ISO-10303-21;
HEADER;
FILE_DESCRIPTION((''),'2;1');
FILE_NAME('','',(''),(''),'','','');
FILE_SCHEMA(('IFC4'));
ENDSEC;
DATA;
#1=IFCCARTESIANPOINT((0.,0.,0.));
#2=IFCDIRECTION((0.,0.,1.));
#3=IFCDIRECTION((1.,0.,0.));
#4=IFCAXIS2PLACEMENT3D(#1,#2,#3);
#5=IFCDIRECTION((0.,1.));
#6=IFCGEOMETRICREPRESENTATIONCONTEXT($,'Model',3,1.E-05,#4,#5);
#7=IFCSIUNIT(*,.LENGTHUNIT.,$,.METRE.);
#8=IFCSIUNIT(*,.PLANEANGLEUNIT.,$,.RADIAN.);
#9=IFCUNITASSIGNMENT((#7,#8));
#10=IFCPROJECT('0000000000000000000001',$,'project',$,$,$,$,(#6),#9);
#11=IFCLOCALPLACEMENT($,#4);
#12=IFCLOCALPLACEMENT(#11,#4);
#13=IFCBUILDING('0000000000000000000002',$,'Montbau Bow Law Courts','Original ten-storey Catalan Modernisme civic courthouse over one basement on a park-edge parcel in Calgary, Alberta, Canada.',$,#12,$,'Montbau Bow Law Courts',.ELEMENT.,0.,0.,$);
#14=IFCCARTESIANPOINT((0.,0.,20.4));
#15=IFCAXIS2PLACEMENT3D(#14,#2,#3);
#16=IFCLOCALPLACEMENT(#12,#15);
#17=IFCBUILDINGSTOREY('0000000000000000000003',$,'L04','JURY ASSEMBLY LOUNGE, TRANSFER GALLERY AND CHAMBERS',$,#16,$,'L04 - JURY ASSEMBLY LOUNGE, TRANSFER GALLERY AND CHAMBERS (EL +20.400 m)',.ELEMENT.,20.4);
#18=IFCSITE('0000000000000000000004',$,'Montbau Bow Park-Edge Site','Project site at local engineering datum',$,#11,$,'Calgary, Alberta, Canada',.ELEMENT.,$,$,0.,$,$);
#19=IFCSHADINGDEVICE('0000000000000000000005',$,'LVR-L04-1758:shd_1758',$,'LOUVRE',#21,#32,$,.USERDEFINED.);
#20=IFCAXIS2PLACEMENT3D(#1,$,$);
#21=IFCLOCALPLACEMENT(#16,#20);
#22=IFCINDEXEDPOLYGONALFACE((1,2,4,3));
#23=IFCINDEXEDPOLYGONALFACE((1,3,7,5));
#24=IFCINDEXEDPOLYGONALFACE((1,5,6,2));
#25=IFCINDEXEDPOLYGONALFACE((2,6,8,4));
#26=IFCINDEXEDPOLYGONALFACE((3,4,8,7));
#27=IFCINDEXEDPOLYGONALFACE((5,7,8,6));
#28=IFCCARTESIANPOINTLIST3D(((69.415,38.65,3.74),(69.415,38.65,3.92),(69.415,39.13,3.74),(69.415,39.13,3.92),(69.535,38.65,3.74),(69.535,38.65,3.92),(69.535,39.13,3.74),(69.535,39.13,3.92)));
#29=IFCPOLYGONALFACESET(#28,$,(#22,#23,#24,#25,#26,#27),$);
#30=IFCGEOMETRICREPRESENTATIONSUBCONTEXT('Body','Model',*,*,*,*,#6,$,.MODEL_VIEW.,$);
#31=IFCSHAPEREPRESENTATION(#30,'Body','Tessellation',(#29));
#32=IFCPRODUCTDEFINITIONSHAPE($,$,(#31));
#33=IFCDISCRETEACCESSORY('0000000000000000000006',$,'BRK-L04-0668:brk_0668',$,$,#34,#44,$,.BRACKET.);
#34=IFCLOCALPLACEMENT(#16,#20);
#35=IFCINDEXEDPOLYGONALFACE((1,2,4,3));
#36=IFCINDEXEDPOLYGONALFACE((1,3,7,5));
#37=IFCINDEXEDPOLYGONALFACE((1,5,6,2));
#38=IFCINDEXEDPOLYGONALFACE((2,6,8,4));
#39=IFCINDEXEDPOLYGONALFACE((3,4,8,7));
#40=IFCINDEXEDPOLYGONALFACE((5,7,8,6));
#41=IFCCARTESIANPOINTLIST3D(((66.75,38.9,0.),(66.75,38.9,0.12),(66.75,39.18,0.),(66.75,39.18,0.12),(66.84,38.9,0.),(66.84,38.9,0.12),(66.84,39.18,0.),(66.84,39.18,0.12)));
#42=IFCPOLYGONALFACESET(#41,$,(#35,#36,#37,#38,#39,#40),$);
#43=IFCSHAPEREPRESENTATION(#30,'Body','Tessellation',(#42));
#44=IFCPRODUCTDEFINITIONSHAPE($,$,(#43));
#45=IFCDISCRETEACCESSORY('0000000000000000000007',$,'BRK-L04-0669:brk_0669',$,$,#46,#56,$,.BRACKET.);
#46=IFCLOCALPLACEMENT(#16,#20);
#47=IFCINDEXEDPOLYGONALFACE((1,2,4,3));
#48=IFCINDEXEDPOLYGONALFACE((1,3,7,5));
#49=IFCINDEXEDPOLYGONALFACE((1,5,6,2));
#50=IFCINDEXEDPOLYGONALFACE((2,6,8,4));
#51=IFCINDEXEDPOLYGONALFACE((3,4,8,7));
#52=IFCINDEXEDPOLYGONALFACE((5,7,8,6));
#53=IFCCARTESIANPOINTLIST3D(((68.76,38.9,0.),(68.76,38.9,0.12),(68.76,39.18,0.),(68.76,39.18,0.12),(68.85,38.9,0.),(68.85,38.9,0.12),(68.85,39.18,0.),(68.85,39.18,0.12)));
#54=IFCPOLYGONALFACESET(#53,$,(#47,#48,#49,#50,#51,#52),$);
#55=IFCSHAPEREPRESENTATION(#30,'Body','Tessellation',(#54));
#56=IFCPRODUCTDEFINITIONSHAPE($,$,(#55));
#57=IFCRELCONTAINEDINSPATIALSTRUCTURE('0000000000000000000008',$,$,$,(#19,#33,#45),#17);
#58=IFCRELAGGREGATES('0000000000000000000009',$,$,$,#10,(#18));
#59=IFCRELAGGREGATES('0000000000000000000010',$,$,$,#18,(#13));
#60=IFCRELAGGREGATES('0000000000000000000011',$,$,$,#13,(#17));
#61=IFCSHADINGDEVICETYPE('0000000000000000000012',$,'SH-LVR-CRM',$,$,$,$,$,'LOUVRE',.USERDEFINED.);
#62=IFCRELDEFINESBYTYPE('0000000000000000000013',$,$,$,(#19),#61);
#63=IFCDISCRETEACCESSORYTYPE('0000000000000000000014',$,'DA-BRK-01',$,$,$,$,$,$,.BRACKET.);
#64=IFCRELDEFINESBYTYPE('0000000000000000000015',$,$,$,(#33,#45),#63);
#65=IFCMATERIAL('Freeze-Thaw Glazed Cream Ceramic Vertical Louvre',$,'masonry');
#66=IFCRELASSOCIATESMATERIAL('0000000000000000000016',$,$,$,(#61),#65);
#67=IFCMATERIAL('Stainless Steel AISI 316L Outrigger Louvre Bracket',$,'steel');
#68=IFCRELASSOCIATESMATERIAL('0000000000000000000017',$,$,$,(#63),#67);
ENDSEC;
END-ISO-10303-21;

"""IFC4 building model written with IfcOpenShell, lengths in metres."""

from ifc_helpers import new_model, si_unit, direction, frame, origin_with_axes, origin_2d_with_axis, place, context, subcontext, project, spatial, rectangle, extrude, material, type_object, element, save


model = new_model("IFC4")

# Units and contexts
model_context = context("Model", 3, precision=1e-05, world=origin_with_axes(), true_north=direction((0.0, 1.0)))
body_context = subcontext(model_context, "Body", "Model", "MODEL_VIEW")
ifc_project = project(units=[si_unit("LENGTHUNIT", "METRE"), si_unit("PLANEANGLEUNIT", "RADIAN")], contexts=[model_context])

# Site, building, storey
site_placement = place(None, origin_with_axes())
site = spatial("IfcSite", under=ifc_project, at=site_placement, Name="Montbau Bow Park-Edge Site", Description="Project site at local engineering datum", LongName="Calgary, Alberta, Canada", CompositionType="ELEMENT", RefElevation=0.0)
building_placement = place(site_placement, origin_with_axes())
building = spatial("IfcBuilding", under=site, at=building_placement, Name="Montbau Bow Law Courts", Description="Original ten-storey Catalan Modernisme civic courthouse over one basement on a park-edge parcel in Calgary, Alberta, Canada.", LongName="Montbau Bow Law Courts", CompositionType="ELEMENT", ElevationOfRefHeight=0.0, ElevationOfTerrain=0.0)
storey_placement = place(building_placement, frame((0.0, 0.0, 20.4), z_axis=(0.0, 0.0, 1.0), x_axis=(1.0, 0.0, 0.0)))
storey = spatial("IfcBuildingStorey", under=building, at=storey_placement, Name="L04", Description="JURY ASSEMBLY LOUNGE, TRANSFER GALLERY AND CHAMBERS", LongName="L04 - JURY ASSEMBLY LOUNGE, TRANSFER GALLERY AND CHAMBERS (EL +20.400 m)", CompositionType="ELEMENT", Elevation=20.4)

# Shading device
ifc_material_1 = material(Name="Freeze-Thaw Glazed Cream Ceramic Vertical Louvre", Category="masonry")
shading_device_type = type_object("IfcShadingDeviceType", Name="SH-LVR-CRM", ElementType="LOUVRE", PredefinedType="USERDEFINED", material=ifc_material_1)
for number, where, z_axis, x_axis, name in (
    (1, (69.475, 38.89, 24.14), (0.0, 0.0, 1.0), (0.0, -1.0, 0.0), "LVR-L04-1758:shd_1758"),
):
    element("IfcShadingDevice", number, at=place(None, frame(where, z_axis=z_axis, x_axis=x_axis)), inside=storey, type_object=shading_device_type, Name=name, ObjectType="LOUVRE", PredefinedType="USERDEFINED", context=body_context, shape_type="SweptSolid", body=[
        extrude(rectangle(XDim=0.48, YDim=0.12, at=origin_2d_with_axis()), origin_with_axes(), (0.0, 0.0, 1.0), 0.18),
    ])

# Discrete accessories
ifc_material_2 = material(Name="Stainless Steel AISI 316L Outrigger Louvre Bracket", Category="steel")
discrete_accessory_type = type_object("IfcDiscreteAccessoryType", Name="DA-BRK-01", PredefinedType="BRACKET", material=ifc_material_2)
for number, where, z_axis, x_axis, name in (
    (2, (66.795, 39.04, 20.4), (0.0, 0.0, 1.0), (0.0, -1.0, 0.0), "BRK-L04-0668:brk_0668"),
    (3, (68.805, 39.04, 20.4), (0.0, 0.0, 1.0), (0.0, -1.0, 0.0), "BRK-L04-0669:brk_0669"),
):
    element("IfcDiscreteAccessory", number, at=place(None, frame(where, z_axis=z_axis, x_axis=x_axis)), inside=storey, type_object=discrete_accessory_type, Name=name, PredefinedType="BRACKET", context=body_context, shape_type="SweptSolid", body=[
        extrude(rectangle(XDim=0.28, YDim=0.09, at=origin_2d_with_axis()), origin_with_axes(), (0.0, 0.0, 1.0), 0.12),
    ])

save(model, "model.ifc")
